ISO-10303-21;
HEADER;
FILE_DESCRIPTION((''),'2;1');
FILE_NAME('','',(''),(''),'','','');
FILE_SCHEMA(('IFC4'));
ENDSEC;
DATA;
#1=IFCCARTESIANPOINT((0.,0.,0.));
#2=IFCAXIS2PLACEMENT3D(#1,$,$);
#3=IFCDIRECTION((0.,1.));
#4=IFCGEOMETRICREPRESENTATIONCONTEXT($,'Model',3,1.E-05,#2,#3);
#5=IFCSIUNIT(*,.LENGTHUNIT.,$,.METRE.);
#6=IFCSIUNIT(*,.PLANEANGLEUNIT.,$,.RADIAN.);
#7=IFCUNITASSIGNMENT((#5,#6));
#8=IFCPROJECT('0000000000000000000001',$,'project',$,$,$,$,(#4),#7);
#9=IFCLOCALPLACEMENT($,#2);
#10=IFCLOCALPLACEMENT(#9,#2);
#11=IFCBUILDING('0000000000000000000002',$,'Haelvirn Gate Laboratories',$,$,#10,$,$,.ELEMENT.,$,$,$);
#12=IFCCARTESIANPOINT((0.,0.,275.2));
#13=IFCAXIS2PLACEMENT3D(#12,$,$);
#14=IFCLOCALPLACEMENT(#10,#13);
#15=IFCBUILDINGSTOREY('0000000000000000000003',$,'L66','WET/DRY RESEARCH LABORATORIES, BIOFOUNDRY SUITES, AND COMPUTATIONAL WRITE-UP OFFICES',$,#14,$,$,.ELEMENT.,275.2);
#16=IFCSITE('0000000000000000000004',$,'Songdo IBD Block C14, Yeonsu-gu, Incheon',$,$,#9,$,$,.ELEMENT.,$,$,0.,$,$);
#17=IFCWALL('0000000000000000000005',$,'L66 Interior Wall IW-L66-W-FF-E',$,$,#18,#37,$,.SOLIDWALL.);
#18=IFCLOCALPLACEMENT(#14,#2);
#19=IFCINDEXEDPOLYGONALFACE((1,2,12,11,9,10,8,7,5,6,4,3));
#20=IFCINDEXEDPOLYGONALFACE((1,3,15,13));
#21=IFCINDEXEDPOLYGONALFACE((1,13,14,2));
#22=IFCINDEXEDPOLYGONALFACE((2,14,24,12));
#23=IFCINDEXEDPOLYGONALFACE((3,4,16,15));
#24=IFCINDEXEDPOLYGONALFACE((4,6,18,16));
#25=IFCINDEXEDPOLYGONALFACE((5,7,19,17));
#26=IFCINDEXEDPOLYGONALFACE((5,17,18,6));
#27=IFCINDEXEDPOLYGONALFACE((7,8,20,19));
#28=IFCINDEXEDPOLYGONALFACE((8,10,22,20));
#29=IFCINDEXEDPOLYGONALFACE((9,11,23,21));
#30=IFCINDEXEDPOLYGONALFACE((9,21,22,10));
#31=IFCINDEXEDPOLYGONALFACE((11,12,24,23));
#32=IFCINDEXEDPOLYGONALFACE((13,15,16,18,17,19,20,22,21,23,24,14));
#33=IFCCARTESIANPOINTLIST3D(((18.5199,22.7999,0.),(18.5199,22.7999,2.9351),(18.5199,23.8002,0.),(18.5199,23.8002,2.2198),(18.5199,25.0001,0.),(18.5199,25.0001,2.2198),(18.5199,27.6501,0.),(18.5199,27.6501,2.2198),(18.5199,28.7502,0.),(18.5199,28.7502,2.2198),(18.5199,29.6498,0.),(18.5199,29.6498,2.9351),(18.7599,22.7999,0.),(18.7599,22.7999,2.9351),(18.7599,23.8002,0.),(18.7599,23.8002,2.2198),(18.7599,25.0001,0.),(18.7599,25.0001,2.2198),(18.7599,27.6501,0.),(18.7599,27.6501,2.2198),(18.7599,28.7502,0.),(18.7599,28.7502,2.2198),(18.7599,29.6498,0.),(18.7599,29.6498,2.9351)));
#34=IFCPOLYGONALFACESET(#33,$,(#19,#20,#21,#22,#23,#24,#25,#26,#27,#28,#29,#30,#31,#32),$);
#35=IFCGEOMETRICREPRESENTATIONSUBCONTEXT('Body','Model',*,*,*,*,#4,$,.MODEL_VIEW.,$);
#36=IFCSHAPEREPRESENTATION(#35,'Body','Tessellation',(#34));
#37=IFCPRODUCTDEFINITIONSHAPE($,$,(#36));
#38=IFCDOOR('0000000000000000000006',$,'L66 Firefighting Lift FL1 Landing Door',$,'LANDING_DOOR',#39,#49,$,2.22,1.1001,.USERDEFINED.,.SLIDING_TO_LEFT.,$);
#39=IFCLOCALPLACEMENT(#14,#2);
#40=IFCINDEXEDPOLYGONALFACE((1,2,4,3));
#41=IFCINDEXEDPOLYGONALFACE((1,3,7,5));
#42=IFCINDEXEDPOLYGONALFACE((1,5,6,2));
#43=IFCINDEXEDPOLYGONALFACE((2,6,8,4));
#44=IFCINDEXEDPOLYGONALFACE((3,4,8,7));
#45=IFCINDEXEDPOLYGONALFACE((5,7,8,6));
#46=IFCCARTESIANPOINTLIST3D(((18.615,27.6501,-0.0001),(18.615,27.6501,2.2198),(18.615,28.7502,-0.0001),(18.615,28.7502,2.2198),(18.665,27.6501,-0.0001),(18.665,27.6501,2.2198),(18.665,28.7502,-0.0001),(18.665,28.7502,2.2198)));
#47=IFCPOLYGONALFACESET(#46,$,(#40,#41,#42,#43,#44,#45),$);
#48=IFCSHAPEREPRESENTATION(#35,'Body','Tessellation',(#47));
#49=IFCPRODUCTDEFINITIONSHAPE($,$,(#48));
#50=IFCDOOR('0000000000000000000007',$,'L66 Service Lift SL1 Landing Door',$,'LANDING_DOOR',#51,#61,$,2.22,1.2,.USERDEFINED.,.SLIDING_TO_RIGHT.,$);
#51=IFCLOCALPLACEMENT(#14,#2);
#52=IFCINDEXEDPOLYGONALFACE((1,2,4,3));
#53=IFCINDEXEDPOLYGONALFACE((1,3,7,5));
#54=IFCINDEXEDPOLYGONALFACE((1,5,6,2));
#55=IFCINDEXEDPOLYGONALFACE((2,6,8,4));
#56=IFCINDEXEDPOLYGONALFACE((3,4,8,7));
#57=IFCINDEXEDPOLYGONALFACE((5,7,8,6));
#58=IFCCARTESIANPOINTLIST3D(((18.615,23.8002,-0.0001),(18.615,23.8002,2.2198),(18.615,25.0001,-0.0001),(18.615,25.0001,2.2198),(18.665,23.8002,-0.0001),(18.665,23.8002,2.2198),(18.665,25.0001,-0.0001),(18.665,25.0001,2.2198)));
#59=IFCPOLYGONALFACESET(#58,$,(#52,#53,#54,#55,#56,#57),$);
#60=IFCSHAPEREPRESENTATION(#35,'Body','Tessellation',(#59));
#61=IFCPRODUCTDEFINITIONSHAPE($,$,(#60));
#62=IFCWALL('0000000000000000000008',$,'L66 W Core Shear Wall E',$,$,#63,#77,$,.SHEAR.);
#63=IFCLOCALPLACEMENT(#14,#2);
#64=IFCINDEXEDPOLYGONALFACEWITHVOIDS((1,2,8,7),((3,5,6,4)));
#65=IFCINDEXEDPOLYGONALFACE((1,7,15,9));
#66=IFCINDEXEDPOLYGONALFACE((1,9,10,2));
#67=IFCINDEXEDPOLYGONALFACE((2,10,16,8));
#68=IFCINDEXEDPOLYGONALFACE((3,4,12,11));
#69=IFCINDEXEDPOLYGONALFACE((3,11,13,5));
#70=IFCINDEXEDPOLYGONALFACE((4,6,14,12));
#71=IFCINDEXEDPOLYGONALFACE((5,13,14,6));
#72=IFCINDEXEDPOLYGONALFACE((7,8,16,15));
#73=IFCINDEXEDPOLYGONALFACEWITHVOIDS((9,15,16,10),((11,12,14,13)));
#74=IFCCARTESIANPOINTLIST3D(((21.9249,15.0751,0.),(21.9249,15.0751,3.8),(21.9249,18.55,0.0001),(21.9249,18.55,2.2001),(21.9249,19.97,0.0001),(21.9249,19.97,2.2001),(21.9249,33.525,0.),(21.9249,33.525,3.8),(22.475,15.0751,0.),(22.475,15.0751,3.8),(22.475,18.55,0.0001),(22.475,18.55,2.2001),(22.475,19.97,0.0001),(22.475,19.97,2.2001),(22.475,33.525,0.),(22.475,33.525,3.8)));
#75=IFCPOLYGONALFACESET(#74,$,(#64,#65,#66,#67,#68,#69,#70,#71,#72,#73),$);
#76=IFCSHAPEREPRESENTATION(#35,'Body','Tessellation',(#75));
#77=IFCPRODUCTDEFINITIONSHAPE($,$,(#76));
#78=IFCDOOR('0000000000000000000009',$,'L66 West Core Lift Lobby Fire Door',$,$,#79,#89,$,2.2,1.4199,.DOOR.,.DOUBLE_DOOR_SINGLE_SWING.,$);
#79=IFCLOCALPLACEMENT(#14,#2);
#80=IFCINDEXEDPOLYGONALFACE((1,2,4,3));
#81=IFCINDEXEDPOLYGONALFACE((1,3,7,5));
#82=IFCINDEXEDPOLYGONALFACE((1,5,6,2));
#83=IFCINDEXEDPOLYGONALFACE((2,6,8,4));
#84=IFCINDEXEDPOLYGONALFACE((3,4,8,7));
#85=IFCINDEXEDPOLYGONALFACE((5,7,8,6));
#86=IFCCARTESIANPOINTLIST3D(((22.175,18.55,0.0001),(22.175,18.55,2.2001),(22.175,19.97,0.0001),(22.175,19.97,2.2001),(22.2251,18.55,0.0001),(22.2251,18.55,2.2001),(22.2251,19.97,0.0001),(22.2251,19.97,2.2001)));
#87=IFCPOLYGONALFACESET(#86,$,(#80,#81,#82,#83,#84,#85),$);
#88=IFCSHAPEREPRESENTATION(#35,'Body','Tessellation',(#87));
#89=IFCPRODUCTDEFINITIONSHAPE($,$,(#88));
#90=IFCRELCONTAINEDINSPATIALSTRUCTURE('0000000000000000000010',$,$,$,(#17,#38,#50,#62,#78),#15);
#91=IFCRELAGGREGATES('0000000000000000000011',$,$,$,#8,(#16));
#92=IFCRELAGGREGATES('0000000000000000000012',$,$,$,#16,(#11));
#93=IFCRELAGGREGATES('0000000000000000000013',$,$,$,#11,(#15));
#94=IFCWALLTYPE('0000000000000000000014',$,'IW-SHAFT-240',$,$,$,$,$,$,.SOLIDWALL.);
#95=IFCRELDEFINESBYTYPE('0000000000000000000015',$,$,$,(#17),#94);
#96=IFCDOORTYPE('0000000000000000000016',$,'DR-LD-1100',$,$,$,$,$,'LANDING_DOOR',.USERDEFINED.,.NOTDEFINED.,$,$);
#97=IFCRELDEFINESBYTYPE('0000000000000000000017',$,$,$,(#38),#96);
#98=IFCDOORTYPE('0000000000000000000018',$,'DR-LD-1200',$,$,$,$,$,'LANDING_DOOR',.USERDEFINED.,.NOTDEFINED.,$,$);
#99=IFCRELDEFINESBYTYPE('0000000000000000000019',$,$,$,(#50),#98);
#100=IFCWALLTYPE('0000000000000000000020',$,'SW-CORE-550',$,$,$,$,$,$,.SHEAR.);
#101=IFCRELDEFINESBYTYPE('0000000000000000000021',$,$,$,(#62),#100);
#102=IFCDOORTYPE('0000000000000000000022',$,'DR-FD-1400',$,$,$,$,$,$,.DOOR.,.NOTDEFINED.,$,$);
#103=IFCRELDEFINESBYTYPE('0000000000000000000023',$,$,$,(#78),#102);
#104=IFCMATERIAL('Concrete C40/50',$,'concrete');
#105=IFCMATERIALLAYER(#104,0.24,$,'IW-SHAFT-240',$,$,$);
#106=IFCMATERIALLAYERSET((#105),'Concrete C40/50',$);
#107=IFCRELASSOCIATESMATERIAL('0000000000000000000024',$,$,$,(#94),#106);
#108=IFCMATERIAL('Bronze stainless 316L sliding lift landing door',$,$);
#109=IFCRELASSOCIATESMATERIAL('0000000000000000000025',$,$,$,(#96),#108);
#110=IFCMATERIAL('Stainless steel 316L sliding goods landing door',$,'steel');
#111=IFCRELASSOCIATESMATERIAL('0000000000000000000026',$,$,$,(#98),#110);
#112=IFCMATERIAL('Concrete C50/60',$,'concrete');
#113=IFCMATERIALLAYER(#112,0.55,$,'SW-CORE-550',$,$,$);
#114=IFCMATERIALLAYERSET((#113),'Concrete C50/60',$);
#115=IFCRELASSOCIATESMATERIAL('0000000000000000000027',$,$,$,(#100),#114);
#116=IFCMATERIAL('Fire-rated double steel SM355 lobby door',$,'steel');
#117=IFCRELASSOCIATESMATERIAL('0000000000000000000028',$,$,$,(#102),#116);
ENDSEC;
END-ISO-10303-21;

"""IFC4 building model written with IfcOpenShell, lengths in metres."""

from ifc_helpers import new_model, si_unit, direction, frame, frame_2d, origin, place, context, subcontext, project, spatial, rectangle, extrude, source, transform, mapped, material, layer, layer_set, type_object, type_shapes, element, fill, save


model = new_model("IFC4")

# Units and contexts
model_context = context("Model", 3, precision=1e-05, world=origin(), true_north=direction((0.0, 1.0)))
body_context = subcontext(model_context, "Body", "Model", "MODEL_VIEW")
ifc_project = project(units=[si_unit("LENGTHUNIT", "METRE"), si_unit("PLANEANGLEUNIT", "RADIAN")], contexts=[model_context])

# Site, building, storey
site_placement = place(None, origin())
site = spatial("IfcSite", under=ifc_project, at=site_placement, Name="Songdo IBD Block C14, Yeonsu-gu, Incheon", CompositionType="ELEMENT", RefElevation=0.0)
building_placement = place(site_placement, origin())
building = spatial("IfcBuilding", under=site, at=building_placement, Name="Haelvirn Gate Laboratories", CompositionType="ELEMENT")
storey_placement = place(building_placement, frame((0.0, 0.0, 275.2)))
storey = spatial("IfcBuildingStorey", under=building, at=storey_placement, Name="L66", Description="WET/DRY RESEARCH LABORATORIES, BIOFOUNDRY SUITES, AND COMPUTATIONAL WRITE-UP OFFICES", CompositionType="ELEMENT", Elevation=275.2)

# Shared definitions
ifc_material_1 = material(Name="Concrete C50/60", Category="concrete")

# Shared definitions
ifc_material_2 = material(Name="Concrete C40/50", Category="concrete")

# Wall, openings, doors
ifc_layer_1 = layer(ifc_material_2, 0.24, Name="IW-SHAFT-240")
ifc_layer_set_1 = layer_set([ifc_layer_1], Name="Concrete C40/50")
wall_type_1 = type_object("IfcWallType", Name="IW-SHAFT-240", PredefinedType="SOLIDWALL", material=ifc_layer_set_1)
wall_1_placement = place(storey_placement, frame((18.6399, 22.8, 0.0), z_axis=(0.0, 0.0, 1.0), x_axis=(0.0, 1.0, 0.0)))
wall_1 = element("IfcWall", 1, at=wall_1_placement, inside=storey, type_object=wall_type_1, Name="L66 Interior Wall IW-L66-W-FF-E", PredefinedType="SOLIDWALL", context=body_context, shape_type="SweptSolid", body=[
    extrude(rectangle(XDim=6.8499, YDim=0.24, at=frame_2d((3.4248, 0.0))), origin(), (0.0, 0.0, 1.0), 2.9351),
])
opening_1_placement = place(wall_1_placement, frame((4.8501, 0.0, 0.0)))
opening_1 = element("IfcOpeningElement", 2, at=opening_1_placement, cuts=wall_1, PredefinedType="OPENING", context=body_context, shape_type="SweptSolid", body=[
    extrude(rectangle(XDim=1.1001, YDim=2.22, at=frame_2d((0.55, 1.1099))), frame((0.0, 0.1299, 0.0), z_axis=(0.0, -1.0, 0.0), x_axis=(1.0, 0.0, 0.0)), (0.0, 0.0, 1.0), 0.26),
])
opening_2_placement = place(wall_1_placement, frame((1.0, 0.0, 0.0)))
opening_2 = element("IfcOpeningElement", 3, at=opening_2_placement, cuts=wall_1, PredefinedType="OPENING", context=body_context, shape_type="SweptSolid", body=[
    extrude(rectangle(XDim=1.2, YDim=2.22, at=frame_2d((0.6001, 1.1099))), frame((0.0, 0.1299, 0.0), z_axis=(0.0, -1.0, 0.0), x_axis=(1.0, 0.0, 0.0)), (0.0, 0.0, 1.0), 0.26),
])
ifc_material_3 = material(Name="Bronze stainless 316L sliding lift landing door")
door_type_1 = type_object("IfcDoorType", Name="DR-LD-1100", ElementType="LANDING_DOOR", OperationType="NOTDEFINED", PredefinedType="USERDEFINED", material=ifc_material_3)
shared_shape_1 = source(origin(), body_context, "Body", "SweptSolid", [
    extrude(rectangle(XDim=1.1001, YDim=2.22, at=frame_2d((0.55, 1.1099))), frame((0.0, 0.0249, 0.0), z_axis=(0.0, -1.0, 0.0), x_axis=(1.0, 0.0, 0.0)), (0.0, 0.0, 1.0), 0.05),
])
type_shapes(door_type_1, [shared_shape_1])
door_1_placement = place(opening_1_placement, origin())
door_1 = element("IfcDoor", 4, at=door_1_placement, inside=storey, type_object=door_type_1, Name="L66 Firefighting Lift FL1 Landing Door", ObjectType="LANDING_DOOR", OperationType="SLIDING_TO_LEFT", OverallHeight=2.22, OverallWidth=1.1001, PredefinedType="USERDEFINED", context=body_context, shape_type="MappedRepresentation", body=[
    mapped(shared_shape_1, transform((0.0, 0.0, 0.0), scale=1.0)),
])
fill(opening_1, door_1)
ifc_material_4 = material(Name="Stainless steel 316L sliding goods landing door", Category="steel")
door_type_2 = type_object("IfcDoorType", Name="DR-LD-1200", ElementType="LANDING_DOOR", OperationType="NOTDEFINED", PredefinedType="USERDEFINED", material=ifc_material_4)
shared_shape_2 = source(origin(), body_context, "Body", "SweptSolid", [
    extrude(rectangle(XDim=1.2, YDim=2.22, at=frame_2d((0.6001, 1.1099))), frame((0.0, 0.0249, 0.0), z_axis=(0.0, -1.0, 0.0), x_axis=(1.0, 0.0, 0.0)), (0.0, 0.0, 1.0), 0.05),
])
type_shapes(door_type_2, [shared_shape_2])
door_2_placement = place(opening_2_placement, origin())
door_2 = element("IfcDoor", 5, at=door_2_placement, inside=storey, type_object=door_type_2, Name="L66 Service Lift SL1 Landing Door", ObjectType="LANDING_DOOR", OperationType="SLIDING_TO_RIGHT", OverallHeight=2.22, OverallWidth=1.2, PredefinedType="USERDEFINED", context=body_context, shape_type="MappedRepresentation", body=[
    mapped(shared_shape_2, transform((0.0, 0.0, 0.0), scale=1.0)),
])
fill(opening_2, door_2)

# Wall, opening, door
ifc_layer_2 = layer(ifc_material_1, 0.55, Name="SW-CORE-550")
ifc_layer_set_2 = layer_set([ifc_layer_2], Name="Concrete C50/60")
wall_type_2 = type_object("IfcWallType", Name="SW-CORE-550", PredefinedType="SHEAR", material=ifc_layer_set_2)
wall_2_placement = place(storey_placement, frame((22.2, 15.075, 0.0), z_axis=(0.0, 0.0, 1.0), x_axis=(0.0, 1.0, 0.0)))
wall_2 = element("IfcWall", 6, at=wall_2_placement, inside=storey, type_object=wall_type_2, Name="L66 W Core Shear Wall E", PredefinedType="SHEAR", context=body_context, shape_type="SweptSolid", body=[
    extrude(rectangle(XDim=18.45, YDim=0.55, at=frame_2d((9.2251, 0.0))), origin(), (0.0, 0.0, 1.0), 3.8),
])
opening_3_placement = place(wall_2_placement, frame((3.4751, 0.0, 0.0)))
opening_3 = element("IfcOpeningElement", 7, at=opening_3_placement, cuts=wall_2, PredefinedType="OPENING", context=body_context, shape_type="SweptSolid", body=[
    extrude(rectangle(XDim=1.4199, YDim=2.2, at=frame_2d((0.71, 1.1001))), frame((0.0, 0.2852, 0.0), z_axis=(0.0, -1.0, 0.0), x_axis=(1.0, 0.0, 0.0)), (0.0, 0.0, 1.0), 0.5701),
])
ifc_material_5 = material(Name="Fire-rated double steel SM355 lobby door", Category="steel")
door_type_3 = type_object("IfcDoorType", Name="DR-FD-1400", OperationType="NOTDEFINED", PredefinedType="DOOR", material=ifc_material_5)
shared_shape_3 = source(origin(), body_context, "Body", "SweptSolid", [
    extrude(rectangle(XDim=1.4199, YDim=2.2, at=frame_2d((0.71, 1.1001))), frame((0.0, 0.0249, 0.0), z_axis=(0.0, -1.0, 0.0), x_axis=(1.0, 0.0, 0.0)), (0.0, 0.0, 1.0), 0.05),
])
type_shapes(door_type_3, [shared_shape_3])
door_3_placement = place(opening_3_placement, origin())
door_3 = element("IfcDoor", 8, at=door_3_placement, inside=storey, type_object=door_type_3, Name="L66 West Core Lift Lobby Fire Door", OperationType="DOUBLE_DOOR_SINGLE_SWING", OverallHeight=2.2, OverallWidth=1.4199, PredefinedType="DOOR", context=body_context, shape_type="MappedRepresentation", body=[
    mapped(shared_shape_3, transform((0.0, 0.0, 0.0), scale=1.0)),
])
fill(opening_3, door_3)

save(model, "model.ifc")
